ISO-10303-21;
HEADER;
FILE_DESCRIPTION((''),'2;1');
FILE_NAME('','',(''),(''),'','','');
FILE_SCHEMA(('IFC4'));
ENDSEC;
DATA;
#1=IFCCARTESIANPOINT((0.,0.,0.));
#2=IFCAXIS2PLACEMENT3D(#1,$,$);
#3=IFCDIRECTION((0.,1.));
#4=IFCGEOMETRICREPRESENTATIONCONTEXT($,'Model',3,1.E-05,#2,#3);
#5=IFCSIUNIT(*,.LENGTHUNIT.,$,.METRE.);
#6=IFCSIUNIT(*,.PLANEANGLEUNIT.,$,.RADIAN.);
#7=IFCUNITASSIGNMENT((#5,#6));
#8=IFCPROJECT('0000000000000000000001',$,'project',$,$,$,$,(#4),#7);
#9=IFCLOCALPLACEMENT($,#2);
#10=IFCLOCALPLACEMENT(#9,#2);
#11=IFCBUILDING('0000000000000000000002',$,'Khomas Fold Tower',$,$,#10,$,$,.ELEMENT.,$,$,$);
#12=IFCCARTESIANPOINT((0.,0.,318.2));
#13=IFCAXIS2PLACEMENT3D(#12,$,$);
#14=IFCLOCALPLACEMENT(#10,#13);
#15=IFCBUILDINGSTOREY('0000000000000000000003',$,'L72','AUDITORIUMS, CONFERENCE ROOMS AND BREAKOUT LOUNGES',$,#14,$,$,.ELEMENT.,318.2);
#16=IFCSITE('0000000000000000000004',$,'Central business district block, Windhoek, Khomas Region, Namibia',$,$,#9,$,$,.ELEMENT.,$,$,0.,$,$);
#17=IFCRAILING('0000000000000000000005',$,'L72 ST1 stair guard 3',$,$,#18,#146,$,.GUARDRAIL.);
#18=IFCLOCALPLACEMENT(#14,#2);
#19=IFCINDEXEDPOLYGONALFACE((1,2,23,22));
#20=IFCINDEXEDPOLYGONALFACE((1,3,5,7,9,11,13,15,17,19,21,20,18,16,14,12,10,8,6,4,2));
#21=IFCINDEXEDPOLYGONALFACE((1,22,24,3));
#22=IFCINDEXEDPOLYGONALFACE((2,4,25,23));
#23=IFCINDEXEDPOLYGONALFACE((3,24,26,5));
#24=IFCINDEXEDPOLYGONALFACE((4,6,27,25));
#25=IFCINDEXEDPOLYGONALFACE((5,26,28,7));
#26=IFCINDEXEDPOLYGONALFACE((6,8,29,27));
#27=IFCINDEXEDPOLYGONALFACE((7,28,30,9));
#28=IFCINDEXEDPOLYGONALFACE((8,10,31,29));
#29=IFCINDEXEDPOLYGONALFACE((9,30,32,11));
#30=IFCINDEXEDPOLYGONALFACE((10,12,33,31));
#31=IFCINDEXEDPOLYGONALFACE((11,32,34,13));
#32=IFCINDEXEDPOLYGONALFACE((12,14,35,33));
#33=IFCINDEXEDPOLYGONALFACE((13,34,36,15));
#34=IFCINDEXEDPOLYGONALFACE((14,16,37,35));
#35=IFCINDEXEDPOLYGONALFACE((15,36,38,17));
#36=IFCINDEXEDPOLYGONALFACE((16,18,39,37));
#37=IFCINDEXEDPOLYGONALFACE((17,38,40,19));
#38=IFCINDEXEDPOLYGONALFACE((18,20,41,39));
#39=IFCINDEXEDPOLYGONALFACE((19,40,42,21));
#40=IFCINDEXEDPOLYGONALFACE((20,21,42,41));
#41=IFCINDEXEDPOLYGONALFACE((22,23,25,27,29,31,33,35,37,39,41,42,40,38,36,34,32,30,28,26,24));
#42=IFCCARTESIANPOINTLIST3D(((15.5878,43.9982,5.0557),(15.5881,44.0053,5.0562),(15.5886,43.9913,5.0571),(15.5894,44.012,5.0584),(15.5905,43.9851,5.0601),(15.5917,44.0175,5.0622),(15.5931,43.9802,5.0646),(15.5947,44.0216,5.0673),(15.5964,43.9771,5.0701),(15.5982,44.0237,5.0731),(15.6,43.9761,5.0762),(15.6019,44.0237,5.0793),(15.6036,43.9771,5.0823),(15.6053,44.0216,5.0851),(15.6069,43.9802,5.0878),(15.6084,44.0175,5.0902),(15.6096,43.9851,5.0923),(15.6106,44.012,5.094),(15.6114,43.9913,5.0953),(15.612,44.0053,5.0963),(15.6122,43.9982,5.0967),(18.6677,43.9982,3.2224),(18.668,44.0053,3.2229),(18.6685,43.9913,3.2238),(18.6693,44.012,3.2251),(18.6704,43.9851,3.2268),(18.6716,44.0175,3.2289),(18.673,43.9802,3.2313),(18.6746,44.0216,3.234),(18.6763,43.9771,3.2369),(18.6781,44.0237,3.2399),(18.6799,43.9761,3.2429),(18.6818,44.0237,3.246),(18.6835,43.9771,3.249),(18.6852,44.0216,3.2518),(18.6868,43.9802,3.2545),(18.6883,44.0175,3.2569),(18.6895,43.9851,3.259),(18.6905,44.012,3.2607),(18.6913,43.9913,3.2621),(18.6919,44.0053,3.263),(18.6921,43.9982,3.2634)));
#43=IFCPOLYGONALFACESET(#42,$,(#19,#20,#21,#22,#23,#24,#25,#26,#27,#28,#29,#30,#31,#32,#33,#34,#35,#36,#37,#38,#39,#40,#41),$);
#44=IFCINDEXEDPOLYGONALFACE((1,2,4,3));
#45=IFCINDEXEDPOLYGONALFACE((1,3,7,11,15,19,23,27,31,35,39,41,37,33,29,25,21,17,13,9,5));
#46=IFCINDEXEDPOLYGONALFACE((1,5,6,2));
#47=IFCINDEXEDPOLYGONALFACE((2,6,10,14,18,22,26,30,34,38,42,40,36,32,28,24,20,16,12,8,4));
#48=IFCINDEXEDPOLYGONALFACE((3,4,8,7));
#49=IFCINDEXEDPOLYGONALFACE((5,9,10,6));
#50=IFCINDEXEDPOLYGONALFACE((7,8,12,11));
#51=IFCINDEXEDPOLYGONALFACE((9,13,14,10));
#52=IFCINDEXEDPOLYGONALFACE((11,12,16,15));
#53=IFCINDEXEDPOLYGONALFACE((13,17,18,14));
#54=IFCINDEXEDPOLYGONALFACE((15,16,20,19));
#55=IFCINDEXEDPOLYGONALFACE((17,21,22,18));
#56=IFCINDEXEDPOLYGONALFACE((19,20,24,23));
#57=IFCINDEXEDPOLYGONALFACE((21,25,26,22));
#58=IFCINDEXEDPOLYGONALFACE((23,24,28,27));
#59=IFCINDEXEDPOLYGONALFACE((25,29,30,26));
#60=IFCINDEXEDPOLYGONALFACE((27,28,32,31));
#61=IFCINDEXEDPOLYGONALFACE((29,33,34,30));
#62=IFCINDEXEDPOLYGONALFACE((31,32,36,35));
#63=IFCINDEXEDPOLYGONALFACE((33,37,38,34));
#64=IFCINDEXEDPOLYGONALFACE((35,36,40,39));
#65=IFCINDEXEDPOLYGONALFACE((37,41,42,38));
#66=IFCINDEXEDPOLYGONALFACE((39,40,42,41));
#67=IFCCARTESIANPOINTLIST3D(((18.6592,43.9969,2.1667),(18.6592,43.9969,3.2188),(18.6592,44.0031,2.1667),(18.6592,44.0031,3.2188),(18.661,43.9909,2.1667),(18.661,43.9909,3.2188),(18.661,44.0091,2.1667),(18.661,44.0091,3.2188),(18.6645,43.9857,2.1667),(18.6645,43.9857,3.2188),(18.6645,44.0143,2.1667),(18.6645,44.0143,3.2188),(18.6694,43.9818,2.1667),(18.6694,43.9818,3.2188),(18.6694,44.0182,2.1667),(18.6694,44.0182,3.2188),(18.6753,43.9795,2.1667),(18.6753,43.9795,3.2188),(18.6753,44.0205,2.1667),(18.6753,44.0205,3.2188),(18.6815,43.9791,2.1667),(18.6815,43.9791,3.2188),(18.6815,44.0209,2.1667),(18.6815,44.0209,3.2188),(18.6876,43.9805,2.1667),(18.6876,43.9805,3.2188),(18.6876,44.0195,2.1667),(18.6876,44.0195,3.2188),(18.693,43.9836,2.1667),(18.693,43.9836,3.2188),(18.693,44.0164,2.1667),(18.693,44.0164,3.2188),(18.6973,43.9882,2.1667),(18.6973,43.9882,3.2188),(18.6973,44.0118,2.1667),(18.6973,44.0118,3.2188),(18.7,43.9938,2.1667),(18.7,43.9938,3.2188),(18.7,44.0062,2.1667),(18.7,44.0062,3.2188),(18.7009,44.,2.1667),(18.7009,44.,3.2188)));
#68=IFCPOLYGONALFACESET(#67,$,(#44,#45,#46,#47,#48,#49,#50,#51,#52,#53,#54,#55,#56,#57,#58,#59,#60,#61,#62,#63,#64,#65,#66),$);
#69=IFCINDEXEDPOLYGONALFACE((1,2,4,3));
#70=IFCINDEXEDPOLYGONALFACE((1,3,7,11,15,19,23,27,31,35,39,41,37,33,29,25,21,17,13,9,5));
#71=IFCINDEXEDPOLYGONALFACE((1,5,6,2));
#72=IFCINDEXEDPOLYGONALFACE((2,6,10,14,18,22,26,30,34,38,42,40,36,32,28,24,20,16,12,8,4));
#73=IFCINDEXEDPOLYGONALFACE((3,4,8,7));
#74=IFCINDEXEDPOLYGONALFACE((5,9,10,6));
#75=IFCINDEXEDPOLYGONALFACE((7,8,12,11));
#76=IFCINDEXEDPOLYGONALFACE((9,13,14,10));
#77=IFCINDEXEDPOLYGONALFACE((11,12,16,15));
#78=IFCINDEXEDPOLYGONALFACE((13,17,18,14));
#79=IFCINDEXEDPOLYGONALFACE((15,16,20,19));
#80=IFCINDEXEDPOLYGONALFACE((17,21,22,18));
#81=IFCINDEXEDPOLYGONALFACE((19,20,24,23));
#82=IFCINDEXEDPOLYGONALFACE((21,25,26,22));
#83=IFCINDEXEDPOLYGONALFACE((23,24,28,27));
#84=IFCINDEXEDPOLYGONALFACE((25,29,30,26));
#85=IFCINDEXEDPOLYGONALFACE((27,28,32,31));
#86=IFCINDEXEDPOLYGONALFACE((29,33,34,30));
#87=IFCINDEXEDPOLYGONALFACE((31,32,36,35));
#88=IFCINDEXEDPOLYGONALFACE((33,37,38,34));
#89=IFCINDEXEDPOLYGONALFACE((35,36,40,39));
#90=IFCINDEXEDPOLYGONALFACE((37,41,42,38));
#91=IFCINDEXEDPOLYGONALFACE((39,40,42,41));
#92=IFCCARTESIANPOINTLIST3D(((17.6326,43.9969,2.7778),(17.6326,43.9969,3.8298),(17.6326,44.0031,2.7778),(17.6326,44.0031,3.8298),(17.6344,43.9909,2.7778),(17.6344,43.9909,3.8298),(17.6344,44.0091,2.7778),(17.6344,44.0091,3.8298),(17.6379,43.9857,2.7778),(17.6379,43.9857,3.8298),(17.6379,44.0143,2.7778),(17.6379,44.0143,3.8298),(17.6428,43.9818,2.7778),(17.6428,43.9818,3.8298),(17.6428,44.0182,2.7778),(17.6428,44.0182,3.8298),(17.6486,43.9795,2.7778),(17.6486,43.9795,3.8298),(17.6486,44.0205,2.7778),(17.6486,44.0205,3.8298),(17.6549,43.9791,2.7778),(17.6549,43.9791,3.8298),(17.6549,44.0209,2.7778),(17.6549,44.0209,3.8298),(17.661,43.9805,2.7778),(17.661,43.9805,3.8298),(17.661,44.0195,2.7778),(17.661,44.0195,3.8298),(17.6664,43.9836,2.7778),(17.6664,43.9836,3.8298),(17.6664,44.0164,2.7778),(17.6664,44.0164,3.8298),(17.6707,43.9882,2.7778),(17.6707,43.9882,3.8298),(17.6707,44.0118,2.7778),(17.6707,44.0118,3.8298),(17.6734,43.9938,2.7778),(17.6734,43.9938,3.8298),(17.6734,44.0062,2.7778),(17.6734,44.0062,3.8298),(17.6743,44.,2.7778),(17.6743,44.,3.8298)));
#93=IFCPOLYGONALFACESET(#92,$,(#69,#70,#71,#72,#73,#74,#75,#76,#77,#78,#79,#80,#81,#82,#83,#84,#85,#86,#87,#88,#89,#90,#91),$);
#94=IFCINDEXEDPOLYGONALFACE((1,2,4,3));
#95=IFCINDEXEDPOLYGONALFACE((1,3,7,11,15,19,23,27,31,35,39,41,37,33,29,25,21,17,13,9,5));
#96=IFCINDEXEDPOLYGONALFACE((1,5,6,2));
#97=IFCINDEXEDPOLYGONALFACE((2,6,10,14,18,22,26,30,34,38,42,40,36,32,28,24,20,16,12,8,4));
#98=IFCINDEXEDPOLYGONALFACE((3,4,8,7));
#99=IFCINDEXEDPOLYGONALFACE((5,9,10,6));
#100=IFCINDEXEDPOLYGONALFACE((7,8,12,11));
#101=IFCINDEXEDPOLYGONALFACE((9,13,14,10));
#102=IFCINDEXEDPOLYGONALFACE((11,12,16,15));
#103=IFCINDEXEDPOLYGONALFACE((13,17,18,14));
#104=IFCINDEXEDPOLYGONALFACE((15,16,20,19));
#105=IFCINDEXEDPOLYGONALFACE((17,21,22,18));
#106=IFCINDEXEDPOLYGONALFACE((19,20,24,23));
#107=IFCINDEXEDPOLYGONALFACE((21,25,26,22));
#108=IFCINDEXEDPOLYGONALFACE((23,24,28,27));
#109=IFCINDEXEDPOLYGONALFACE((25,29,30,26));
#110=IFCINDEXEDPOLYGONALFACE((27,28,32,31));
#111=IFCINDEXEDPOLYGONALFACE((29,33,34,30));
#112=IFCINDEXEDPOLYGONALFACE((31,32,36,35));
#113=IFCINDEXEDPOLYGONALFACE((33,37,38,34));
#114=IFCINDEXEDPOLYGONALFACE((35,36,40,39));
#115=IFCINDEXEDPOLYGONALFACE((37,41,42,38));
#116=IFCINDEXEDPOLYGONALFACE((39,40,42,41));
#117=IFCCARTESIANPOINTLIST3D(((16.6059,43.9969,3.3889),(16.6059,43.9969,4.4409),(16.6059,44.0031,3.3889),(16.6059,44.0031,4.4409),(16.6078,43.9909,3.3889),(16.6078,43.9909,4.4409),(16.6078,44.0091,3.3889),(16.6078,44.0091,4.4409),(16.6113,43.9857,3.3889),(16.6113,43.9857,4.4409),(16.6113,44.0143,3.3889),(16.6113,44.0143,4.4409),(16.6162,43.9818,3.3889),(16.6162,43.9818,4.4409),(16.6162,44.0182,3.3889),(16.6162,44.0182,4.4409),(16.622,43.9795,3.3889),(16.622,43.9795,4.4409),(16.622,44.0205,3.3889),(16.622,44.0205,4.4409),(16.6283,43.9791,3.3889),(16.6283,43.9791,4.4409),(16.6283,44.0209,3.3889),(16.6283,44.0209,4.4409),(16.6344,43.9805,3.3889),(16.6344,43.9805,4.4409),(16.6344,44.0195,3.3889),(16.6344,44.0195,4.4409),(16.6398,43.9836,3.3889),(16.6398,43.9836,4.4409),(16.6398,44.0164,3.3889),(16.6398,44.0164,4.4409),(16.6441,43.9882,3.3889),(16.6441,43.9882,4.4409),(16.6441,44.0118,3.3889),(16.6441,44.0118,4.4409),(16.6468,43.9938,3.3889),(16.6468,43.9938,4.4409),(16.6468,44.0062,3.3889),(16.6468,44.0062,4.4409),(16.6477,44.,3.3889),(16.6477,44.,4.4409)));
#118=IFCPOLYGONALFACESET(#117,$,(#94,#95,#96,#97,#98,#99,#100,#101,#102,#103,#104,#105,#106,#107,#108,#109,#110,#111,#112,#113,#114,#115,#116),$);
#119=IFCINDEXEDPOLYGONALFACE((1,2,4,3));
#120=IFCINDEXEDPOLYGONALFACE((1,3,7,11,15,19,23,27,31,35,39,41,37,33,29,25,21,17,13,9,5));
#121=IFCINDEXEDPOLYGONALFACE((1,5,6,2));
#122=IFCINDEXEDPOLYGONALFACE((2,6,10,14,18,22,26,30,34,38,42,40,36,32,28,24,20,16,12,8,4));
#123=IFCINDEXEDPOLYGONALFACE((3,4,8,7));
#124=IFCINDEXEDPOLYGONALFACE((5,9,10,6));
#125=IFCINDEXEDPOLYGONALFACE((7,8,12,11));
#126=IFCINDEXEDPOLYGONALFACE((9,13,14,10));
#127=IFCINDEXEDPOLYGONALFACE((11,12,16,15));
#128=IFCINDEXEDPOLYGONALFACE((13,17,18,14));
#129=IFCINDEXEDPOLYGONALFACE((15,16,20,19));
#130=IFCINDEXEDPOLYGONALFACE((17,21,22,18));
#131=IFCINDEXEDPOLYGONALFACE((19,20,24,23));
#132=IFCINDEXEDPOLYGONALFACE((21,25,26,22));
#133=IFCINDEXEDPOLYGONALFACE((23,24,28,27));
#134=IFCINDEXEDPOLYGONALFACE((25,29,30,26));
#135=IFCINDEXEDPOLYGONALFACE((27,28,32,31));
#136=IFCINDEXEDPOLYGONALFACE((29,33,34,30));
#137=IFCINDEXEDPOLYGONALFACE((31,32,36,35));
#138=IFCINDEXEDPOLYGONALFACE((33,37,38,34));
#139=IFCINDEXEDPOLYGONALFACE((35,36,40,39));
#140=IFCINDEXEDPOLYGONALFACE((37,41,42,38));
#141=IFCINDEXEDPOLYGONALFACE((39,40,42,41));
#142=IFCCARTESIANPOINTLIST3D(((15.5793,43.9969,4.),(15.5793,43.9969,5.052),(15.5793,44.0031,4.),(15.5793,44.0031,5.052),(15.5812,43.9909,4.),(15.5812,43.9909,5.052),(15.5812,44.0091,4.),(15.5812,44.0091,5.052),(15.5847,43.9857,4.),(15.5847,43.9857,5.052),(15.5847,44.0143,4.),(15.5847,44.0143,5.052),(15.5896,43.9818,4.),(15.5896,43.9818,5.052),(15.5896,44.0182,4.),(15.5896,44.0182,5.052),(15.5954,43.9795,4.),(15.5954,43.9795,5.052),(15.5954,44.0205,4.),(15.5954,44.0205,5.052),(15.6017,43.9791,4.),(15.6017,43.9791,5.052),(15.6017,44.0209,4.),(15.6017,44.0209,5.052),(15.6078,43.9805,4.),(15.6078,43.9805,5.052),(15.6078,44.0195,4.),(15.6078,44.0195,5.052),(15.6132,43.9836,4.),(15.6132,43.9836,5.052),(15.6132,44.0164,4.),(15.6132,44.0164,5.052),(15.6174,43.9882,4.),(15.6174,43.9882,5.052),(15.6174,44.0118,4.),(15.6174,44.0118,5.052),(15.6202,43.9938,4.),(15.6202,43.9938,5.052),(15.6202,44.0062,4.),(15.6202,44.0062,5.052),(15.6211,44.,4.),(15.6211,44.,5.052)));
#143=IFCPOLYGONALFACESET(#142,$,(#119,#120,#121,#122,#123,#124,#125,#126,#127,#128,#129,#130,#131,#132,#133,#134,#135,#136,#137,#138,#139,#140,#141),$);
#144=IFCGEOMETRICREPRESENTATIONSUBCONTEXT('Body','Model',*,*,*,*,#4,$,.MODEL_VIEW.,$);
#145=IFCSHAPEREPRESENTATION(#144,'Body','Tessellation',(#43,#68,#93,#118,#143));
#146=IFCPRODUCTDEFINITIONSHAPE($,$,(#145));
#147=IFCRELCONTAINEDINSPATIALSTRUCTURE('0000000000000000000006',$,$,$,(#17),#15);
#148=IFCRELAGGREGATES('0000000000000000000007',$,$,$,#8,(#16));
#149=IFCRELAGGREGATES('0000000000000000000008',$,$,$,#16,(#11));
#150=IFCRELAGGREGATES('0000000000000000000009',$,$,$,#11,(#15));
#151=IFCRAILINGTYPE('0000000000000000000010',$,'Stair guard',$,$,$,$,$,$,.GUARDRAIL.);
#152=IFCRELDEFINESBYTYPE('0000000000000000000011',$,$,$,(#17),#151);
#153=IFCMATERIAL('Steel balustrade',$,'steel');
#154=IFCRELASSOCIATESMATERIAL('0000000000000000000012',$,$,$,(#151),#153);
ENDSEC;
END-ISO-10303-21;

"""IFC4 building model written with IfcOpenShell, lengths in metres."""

from ifc_helpers import new_model, si_unit, direction, frame, origin, origin_2d, place, context, subcontext, project, spatial, circle, extrude, source, transform, mapped, material, type_object, element, save


model = new_model("IFC4")

# Units and contexts
model_context = context("Model", 3, precision=1e-05, world=origin(), true_north=direction((0.0, 1.0)))
body_context = subcontext(model_context, "Body", "Model", "MODEL_VIEW")
ifc_project = project(units=[si_unit("LENGTHUNIT", "METRE"), si_unit("PLANEANGLEUNIT", "RADIAN")], contexts=[model_context])

# Site, building, storey
site_placement = place(None, origin())
site = spatial("IfcSite", under=ifc_project, at=site_placement, Name="Central business district block, Windhoek, Khomas Region, Namibia", CompositionType="ELEMENT", RefElevation=0.0)
building_placement = place(site_placement, origin())
building = spatial("IfcBuilding", under=site, at=building_placement, Name="Khomas Fold Tower", CompositionType="ELEMENT")
storey_placement = place(building_placement, frame((0.0, 0.0, 318.2)))
storey = spatial("IfcBuildingStorey", under=building, at=storey_placement, Name="L72", Description="AUDITORIUMS, CONFERENCE ROOMS AND BREAKOUT LOUNGES", CompositionType="ELEMENT", Elevation=318.2)

# Railing
ifc_material_1 = material(Name="Steel balustrade", Category="steel")
railing_type_1 = type_object("IfcRailingType", Name="Stair guard", PredefinedType="GUARDRAIL", material=ifc_material_1)
shared_shape_1 = source(origin(), body_context, "Body", "SweptSolid", [
    extrude(circle(Radius=0.0239, at=origin_2d()), frame((0.0, 0.0, 1.0762), z_axis=(-0.859291, 0.0, 0.511487), x_axis=(0.0, -1.0, 0.0)), (0.0, 0.0, 1.0), 3.5842),
    extrude(circle(Radius=0.021, at=origin_2d()), origin(), (0.0, 0.0, 1.0), 1.052),
    extrude(circle(Radius=0.021, at=origin_2d()), frame((-1.0266, 0.0, 0.6111)), (0.0, 0.0, 1.0), 1.052),
    extrude(circle(Radius=0.021, at=origin_2d()), frame((-2.0532, 0.0, 1.2222)), (0.0, 0.0, 1.0), 1.052),
    extrude(circle(Radius=0.021, at=origin_2d()), frame((-3.0798, 0.0, 1.8333)), (0.0, 0.0, 1.0), 1.052),
])
railing_1_placement = place(storey_placement, frame((18.6799, 44.0, 2.1667)))
element("IfcRailing", 1, at=railing_1_placement, inside=storey, type_object=railing_type_1, Name="L72 ST1 stair guard 3", PredefinedType="GUARDRAIL", context=body_context, shape_type="MappedRepresentation", body=[
    mapped(shared_shape_1, transform((0.0, 0.0, 0.0))),
])

save(model, "model.ifc")
